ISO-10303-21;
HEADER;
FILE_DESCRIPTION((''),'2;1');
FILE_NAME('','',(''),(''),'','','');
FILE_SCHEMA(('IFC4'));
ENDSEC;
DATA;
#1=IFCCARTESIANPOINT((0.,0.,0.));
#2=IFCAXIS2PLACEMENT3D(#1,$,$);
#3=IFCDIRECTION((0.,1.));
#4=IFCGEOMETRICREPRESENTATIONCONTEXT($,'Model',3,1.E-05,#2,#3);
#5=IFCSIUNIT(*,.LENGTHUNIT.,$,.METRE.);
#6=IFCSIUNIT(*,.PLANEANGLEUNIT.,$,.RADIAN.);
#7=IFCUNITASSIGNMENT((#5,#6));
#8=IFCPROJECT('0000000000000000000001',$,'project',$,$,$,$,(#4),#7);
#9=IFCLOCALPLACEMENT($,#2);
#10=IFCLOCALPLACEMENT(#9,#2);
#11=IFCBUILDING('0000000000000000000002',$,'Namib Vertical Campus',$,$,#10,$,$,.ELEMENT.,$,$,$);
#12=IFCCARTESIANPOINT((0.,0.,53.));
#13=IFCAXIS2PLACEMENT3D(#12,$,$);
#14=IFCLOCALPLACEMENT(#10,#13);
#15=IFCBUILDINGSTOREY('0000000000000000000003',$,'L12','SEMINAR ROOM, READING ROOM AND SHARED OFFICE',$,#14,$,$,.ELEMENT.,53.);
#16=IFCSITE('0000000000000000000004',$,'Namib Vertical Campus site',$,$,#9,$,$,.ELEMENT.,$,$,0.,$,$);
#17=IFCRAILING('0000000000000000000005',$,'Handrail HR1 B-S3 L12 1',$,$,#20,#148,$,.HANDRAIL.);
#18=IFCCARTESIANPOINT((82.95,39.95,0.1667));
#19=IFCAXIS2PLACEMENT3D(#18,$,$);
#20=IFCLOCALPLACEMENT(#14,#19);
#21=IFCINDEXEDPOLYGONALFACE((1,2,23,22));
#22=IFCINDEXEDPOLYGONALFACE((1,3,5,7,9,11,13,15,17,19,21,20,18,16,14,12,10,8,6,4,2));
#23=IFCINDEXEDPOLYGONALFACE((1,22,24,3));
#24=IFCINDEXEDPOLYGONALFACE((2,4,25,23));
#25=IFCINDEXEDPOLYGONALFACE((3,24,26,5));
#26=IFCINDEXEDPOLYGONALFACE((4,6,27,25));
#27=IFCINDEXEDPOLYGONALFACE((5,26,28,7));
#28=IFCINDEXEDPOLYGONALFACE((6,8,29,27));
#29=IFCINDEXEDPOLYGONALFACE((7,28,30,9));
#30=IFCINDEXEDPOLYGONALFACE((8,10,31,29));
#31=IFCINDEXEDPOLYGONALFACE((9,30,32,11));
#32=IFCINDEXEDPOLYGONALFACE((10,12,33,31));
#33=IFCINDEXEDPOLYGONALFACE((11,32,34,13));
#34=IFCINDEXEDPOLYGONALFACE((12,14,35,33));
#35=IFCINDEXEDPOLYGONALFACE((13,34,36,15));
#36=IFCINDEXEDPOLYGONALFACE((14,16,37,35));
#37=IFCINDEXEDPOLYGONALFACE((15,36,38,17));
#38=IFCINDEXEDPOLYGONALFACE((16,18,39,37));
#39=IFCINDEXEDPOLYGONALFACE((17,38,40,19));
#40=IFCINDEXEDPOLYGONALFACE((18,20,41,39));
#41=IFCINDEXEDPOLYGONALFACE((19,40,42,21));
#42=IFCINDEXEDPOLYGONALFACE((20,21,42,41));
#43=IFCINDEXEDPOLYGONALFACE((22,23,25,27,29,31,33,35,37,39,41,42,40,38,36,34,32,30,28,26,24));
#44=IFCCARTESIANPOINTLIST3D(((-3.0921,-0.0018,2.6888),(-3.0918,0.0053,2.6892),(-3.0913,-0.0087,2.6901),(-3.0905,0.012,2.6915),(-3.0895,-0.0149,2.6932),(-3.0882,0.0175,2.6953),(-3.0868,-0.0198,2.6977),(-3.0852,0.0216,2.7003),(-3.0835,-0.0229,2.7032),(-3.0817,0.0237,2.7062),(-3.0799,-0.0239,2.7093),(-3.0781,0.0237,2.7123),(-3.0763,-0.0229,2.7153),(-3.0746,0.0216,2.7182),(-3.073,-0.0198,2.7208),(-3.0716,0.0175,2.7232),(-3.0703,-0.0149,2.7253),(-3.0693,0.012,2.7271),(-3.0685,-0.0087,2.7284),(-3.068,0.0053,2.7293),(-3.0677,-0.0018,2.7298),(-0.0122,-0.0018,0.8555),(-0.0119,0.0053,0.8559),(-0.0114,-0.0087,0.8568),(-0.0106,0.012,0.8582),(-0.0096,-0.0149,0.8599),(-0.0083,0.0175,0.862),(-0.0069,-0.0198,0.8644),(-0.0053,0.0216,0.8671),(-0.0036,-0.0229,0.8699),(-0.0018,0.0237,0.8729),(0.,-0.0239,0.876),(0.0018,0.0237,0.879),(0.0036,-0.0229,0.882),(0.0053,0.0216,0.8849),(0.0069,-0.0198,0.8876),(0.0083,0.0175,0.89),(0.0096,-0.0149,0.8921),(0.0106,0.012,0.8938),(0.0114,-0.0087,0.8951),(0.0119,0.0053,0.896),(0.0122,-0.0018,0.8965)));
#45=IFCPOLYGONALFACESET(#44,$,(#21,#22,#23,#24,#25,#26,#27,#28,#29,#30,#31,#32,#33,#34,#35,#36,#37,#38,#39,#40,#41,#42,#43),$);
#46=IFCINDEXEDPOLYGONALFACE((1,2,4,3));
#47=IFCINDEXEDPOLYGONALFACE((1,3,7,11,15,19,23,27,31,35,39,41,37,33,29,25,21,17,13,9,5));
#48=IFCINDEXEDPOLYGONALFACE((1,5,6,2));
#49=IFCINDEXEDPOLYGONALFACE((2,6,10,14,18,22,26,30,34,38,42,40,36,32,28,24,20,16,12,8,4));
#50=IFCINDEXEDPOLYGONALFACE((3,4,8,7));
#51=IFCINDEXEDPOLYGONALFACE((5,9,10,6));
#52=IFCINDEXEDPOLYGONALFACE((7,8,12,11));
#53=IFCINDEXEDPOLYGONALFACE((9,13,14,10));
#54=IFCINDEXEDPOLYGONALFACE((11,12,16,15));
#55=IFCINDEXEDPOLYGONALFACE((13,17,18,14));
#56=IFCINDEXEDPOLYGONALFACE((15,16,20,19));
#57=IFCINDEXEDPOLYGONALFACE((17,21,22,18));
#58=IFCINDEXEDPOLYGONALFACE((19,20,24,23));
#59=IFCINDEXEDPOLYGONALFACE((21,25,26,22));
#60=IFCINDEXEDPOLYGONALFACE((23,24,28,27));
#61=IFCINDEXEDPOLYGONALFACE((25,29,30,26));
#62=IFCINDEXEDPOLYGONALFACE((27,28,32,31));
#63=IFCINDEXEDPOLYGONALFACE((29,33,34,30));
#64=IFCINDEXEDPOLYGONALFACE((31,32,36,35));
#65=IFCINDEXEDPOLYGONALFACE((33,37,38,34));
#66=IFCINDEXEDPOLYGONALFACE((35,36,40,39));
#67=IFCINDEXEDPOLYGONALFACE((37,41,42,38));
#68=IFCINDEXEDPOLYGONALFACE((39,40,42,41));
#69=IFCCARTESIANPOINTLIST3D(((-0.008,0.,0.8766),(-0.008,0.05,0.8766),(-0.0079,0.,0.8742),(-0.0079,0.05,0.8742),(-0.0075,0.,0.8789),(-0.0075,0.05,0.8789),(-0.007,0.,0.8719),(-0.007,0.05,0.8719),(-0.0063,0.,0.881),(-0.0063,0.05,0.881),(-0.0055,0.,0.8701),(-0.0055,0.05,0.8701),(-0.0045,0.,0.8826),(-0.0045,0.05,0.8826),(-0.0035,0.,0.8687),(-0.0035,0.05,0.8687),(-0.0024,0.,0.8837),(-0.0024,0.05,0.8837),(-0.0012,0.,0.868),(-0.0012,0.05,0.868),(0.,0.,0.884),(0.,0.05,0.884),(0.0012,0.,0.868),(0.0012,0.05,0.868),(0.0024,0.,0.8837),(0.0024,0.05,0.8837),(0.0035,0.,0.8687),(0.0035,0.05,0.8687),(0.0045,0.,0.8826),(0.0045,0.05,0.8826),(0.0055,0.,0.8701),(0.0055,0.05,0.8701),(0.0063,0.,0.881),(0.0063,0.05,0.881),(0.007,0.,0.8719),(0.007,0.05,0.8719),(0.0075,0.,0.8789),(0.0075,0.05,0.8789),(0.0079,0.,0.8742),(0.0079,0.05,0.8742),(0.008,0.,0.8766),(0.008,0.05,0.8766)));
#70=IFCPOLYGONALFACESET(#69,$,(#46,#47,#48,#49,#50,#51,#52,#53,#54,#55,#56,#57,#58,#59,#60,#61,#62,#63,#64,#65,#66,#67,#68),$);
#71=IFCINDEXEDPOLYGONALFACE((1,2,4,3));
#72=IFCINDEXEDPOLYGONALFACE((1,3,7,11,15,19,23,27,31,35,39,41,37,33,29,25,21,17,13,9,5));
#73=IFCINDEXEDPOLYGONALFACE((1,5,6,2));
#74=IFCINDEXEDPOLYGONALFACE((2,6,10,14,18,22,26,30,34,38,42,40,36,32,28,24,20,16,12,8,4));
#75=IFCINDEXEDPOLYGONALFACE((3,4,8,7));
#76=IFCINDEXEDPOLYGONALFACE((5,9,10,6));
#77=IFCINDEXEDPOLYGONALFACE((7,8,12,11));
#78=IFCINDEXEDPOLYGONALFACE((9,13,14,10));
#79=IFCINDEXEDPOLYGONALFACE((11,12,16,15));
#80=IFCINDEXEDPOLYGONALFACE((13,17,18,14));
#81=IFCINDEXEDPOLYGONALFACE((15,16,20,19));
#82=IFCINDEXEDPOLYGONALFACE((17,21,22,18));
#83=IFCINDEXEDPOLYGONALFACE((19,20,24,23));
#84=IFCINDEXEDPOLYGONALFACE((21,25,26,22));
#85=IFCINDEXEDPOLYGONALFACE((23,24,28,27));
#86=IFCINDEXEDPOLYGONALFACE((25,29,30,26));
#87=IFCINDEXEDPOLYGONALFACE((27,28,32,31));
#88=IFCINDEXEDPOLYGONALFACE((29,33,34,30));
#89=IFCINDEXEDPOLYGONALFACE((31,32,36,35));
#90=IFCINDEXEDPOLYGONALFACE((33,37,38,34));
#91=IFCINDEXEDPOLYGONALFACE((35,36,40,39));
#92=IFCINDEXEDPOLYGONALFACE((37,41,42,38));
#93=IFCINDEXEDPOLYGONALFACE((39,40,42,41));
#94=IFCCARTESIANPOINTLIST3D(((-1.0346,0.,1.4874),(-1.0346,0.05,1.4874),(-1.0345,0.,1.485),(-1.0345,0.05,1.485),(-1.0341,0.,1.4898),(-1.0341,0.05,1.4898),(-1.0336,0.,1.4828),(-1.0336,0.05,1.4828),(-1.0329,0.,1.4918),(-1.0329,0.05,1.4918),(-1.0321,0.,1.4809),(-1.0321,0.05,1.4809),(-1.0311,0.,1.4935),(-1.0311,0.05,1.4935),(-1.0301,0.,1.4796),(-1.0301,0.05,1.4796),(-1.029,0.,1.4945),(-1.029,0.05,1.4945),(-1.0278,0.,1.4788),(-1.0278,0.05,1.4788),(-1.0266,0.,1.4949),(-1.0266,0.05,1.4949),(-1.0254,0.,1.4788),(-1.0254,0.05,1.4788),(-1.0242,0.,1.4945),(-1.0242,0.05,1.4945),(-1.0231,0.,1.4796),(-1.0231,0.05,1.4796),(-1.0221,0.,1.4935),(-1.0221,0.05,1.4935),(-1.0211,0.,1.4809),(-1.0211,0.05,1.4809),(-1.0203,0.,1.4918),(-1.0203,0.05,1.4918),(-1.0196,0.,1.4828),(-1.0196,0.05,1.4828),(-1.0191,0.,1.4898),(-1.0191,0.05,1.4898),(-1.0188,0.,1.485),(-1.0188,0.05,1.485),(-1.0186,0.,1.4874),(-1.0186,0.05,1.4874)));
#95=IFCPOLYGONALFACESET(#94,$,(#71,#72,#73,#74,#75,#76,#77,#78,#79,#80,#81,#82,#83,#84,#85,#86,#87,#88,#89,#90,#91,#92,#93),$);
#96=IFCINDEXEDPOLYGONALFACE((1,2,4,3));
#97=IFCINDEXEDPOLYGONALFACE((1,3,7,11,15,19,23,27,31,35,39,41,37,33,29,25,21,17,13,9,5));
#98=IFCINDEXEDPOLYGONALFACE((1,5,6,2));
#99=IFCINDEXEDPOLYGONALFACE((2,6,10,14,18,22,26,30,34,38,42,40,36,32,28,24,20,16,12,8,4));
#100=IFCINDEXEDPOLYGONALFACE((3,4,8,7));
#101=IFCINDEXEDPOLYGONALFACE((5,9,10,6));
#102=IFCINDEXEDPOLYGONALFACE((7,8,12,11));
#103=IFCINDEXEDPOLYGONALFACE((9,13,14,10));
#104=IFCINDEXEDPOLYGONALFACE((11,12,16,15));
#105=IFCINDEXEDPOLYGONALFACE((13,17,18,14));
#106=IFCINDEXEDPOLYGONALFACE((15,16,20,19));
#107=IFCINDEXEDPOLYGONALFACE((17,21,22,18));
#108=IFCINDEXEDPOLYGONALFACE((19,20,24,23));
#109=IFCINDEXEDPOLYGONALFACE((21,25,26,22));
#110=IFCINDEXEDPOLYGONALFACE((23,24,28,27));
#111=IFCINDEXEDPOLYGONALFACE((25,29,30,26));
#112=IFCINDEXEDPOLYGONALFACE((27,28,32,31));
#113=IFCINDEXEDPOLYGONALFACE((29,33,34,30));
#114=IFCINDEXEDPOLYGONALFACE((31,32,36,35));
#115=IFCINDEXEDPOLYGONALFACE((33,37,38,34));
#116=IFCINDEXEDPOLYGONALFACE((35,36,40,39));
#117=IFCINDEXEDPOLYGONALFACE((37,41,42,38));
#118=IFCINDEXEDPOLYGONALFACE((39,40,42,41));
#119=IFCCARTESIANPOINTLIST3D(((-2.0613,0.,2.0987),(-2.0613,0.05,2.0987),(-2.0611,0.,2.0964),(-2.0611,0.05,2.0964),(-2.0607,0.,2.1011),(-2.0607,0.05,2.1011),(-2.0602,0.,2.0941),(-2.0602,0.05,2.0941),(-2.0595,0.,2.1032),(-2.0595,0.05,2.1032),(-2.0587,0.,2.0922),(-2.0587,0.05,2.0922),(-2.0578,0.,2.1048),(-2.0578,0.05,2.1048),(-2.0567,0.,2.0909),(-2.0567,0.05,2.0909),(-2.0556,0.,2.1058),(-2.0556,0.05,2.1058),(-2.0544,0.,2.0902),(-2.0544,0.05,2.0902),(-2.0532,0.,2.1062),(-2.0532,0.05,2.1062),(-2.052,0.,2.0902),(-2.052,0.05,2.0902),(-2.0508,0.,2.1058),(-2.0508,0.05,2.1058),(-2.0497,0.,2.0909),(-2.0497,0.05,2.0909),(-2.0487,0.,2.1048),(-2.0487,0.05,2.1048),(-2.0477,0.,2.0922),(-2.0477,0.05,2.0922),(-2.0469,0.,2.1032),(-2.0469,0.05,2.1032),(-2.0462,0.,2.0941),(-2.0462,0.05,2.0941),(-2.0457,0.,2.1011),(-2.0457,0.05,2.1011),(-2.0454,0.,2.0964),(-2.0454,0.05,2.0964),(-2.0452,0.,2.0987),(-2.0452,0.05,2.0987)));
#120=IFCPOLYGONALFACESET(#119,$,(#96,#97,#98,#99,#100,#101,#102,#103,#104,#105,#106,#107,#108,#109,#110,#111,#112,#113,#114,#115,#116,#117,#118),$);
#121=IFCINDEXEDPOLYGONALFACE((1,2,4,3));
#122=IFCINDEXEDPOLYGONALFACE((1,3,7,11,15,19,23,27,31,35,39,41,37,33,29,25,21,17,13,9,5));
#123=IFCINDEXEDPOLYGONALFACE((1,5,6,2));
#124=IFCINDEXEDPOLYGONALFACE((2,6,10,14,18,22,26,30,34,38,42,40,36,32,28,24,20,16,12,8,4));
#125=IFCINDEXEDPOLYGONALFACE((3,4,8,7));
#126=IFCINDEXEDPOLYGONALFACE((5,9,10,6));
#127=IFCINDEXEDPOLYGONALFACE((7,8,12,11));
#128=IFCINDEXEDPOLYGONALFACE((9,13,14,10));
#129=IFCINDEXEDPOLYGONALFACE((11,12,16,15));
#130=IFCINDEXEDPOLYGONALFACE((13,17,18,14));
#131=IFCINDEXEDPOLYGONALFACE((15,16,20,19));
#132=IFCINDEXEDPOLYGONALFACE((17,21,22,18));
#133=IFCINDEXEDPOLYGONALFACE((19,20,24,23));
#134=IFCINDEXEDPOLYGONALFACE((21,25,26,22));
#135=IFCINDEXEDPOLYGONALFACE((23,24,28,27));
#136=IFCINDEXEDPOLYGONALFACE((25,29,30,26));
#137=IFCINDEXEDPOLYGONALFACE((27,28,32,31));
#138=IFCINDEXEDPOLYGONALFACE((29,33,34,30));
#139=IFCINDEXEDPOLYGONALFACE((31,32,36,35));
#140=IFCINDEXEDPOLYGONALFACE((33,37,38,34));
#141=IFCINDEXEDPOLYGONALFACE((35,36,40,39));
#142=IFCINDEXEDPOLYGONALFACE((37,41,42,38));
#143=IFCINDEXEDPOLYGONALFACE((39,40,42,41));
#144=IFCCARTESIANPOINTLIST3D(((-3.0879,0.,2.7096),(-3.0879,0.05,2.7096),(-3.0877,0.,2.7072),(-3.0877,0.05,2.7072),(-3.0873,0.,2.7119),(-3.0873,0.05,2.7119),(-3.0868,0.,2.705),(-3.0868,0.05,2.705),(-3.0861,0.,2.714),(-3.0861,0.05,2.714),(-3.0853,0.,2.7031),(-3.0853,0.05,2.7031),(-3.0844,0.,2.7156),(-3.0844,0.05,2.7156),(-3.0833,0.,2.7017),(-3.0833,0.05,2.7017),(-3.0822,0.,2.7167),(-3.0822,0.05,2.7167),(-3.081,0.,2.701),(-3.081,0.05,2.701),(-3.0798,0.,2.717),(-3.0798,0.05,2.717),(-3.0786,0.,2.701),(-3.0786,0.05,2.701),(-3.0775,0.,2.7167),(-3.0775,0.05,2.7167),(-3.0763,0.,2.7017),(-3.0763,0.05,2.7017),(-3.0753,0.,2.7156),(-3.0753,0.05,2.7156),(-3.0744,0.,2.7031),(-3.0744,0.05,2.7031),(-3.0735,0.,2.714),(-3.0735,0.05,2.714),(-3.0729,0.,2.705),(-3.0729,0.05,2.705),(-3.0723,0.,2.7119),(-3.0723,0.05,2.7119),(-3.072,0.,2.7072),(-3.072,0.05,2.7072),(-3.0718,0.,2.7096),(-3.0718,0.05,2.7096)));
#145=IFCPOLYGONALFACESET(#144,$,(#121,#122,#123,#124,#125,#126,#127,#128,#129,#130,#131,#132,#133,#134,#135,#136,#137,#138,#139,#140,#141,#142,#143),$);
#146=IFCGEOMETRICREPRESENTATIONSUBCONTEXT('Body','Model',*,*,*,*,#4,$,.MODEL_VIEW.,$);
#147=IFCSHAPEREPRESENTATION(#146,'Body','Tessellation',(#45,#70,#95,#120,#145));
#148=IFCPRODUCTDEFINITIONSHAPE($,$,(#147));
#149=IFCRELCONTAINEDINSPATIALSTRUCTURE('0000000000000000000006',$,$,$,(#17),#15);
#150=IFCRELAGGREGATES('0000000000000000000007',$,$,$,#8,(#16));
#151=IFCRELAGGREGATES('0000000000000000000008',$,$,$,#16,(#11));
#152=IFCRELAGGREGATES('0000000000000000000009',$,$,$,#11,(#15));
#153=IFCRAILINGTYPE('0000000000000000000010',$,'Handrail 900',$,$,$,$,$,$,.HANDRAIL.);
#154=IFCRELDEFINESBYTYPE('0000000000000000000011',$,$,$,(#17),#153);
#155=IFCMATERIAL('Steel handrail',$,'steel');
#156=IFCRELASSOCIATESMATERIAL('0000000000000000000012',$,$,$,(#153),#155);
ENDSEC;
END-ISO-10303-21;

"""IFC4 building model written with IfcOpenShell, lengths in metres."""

from ifc_helpers import new_model, si_unit, direction, frame, origin, origin_2d, place, context, subcontext, project, spatial, circle, extrude, material, type_object, element, save


model = new_model("IFC4")

# Units and contexts
model_context = context("Model", 3, precision=1e-05, world=origin(), true_north=direction((0.0, 1.0)))
body_context = subcontext(model_context, "Body", "Model", "MODEL_VIEW")
ifc_project = project(units=[si_unit("LENGTHUNIT", "METRE"), si_unit("PLANEANGLEUNIT", "RADIAN")], contexts=[model_context])

# Site, building, storey
site_placement = place(None, origin())
site = spatial("IfcSite", under=ifc_project, at=site_placement, Name="Namib Vertical Campus site", CompositionType="ELEMENT", RefElevation=0.0)
building_placement = place(site_placement, origin())
building = spatial("IfcBuilding", under=site, at=building_placement, Name="Namib Vertical Campus", CompositionType="ELEMENT")
storey_placement = place(building_placement, frame((0.0, 0.0, 53.0)))
storey = spatial("IfcBuildingStorey", under=building, at=storey_placement, Name="L12", Description="SEMINAR ROOM, READING ROOM AND SHARED OFFICE", CompositionType="ELEMENT", Elevation=53.0)

# Railing
ifc_material_1 = material(Name="Steel handrail", Category="steel")
railing_type_1 = type_object("IfcRailingType", Name="Handrail 900", PredefinedType="HANDRAIL", material=ifc_material_1)
railing_1_placement = place(storey_placement, frame((82.95, 39.95, 0.1667)))
element("IfcRailing", 1, at=railing_1_placement, inside=storey, type_object=railing_type_1, Name="Handrail HR1 B-S3 L12 1", PredefinedType="HANDRAIL", context=body_context, shape_type="SweptSolid", body=[
    extrude(circle(Radius=0.0239, at=origin_2d()), frame((0.0, 0.0, 0.876), z_axis=(-0.859291, 0.0, 0.511487), x_axis=(0.0, -1.0, 0.0)), (0.0, 0.0, 1.0), 3.5842),
    extrude(circle(Radius=0.0081, at=origin_2d()), frame((0.0, 0.0, 0.876), z_axis=(0.0, 1.0, 0.0), x_axis=(0.0, 0.0, 1.0)), (0.0, 0.0, 1.0), 0.05),
    extrude(circle(Radius=0.0081, at=origin_2d()), frame((-1.0266, 0.0, 1.4868), z_axis=(0.0, 1.0, 0.0), x_axis=(0.0, 0.0, 1.0)), (0.0, 0.0, 1.0), 0.05),
    extrude(circle(Radius=0.0081, at=origin_2d()), frame((-2.0532, 0.0, 2.0981), z_axis=(0.0, 1.0, 0.0), x_axis=(0.0, 0.0, 1.0)), (0.0, 0.0, 1.0), 0.05),
    extrude(circle(Radius=0.0081, at=origin_2d()), frame((-3.0798, 0.0, 2.709), z_axis=(0.0, 1.0, 0.0), x_axis=(0.0, 0.0, 1.0)), (0.0, 0.0, 1.0), 0.05),
])

save(model, "model.ifc")
